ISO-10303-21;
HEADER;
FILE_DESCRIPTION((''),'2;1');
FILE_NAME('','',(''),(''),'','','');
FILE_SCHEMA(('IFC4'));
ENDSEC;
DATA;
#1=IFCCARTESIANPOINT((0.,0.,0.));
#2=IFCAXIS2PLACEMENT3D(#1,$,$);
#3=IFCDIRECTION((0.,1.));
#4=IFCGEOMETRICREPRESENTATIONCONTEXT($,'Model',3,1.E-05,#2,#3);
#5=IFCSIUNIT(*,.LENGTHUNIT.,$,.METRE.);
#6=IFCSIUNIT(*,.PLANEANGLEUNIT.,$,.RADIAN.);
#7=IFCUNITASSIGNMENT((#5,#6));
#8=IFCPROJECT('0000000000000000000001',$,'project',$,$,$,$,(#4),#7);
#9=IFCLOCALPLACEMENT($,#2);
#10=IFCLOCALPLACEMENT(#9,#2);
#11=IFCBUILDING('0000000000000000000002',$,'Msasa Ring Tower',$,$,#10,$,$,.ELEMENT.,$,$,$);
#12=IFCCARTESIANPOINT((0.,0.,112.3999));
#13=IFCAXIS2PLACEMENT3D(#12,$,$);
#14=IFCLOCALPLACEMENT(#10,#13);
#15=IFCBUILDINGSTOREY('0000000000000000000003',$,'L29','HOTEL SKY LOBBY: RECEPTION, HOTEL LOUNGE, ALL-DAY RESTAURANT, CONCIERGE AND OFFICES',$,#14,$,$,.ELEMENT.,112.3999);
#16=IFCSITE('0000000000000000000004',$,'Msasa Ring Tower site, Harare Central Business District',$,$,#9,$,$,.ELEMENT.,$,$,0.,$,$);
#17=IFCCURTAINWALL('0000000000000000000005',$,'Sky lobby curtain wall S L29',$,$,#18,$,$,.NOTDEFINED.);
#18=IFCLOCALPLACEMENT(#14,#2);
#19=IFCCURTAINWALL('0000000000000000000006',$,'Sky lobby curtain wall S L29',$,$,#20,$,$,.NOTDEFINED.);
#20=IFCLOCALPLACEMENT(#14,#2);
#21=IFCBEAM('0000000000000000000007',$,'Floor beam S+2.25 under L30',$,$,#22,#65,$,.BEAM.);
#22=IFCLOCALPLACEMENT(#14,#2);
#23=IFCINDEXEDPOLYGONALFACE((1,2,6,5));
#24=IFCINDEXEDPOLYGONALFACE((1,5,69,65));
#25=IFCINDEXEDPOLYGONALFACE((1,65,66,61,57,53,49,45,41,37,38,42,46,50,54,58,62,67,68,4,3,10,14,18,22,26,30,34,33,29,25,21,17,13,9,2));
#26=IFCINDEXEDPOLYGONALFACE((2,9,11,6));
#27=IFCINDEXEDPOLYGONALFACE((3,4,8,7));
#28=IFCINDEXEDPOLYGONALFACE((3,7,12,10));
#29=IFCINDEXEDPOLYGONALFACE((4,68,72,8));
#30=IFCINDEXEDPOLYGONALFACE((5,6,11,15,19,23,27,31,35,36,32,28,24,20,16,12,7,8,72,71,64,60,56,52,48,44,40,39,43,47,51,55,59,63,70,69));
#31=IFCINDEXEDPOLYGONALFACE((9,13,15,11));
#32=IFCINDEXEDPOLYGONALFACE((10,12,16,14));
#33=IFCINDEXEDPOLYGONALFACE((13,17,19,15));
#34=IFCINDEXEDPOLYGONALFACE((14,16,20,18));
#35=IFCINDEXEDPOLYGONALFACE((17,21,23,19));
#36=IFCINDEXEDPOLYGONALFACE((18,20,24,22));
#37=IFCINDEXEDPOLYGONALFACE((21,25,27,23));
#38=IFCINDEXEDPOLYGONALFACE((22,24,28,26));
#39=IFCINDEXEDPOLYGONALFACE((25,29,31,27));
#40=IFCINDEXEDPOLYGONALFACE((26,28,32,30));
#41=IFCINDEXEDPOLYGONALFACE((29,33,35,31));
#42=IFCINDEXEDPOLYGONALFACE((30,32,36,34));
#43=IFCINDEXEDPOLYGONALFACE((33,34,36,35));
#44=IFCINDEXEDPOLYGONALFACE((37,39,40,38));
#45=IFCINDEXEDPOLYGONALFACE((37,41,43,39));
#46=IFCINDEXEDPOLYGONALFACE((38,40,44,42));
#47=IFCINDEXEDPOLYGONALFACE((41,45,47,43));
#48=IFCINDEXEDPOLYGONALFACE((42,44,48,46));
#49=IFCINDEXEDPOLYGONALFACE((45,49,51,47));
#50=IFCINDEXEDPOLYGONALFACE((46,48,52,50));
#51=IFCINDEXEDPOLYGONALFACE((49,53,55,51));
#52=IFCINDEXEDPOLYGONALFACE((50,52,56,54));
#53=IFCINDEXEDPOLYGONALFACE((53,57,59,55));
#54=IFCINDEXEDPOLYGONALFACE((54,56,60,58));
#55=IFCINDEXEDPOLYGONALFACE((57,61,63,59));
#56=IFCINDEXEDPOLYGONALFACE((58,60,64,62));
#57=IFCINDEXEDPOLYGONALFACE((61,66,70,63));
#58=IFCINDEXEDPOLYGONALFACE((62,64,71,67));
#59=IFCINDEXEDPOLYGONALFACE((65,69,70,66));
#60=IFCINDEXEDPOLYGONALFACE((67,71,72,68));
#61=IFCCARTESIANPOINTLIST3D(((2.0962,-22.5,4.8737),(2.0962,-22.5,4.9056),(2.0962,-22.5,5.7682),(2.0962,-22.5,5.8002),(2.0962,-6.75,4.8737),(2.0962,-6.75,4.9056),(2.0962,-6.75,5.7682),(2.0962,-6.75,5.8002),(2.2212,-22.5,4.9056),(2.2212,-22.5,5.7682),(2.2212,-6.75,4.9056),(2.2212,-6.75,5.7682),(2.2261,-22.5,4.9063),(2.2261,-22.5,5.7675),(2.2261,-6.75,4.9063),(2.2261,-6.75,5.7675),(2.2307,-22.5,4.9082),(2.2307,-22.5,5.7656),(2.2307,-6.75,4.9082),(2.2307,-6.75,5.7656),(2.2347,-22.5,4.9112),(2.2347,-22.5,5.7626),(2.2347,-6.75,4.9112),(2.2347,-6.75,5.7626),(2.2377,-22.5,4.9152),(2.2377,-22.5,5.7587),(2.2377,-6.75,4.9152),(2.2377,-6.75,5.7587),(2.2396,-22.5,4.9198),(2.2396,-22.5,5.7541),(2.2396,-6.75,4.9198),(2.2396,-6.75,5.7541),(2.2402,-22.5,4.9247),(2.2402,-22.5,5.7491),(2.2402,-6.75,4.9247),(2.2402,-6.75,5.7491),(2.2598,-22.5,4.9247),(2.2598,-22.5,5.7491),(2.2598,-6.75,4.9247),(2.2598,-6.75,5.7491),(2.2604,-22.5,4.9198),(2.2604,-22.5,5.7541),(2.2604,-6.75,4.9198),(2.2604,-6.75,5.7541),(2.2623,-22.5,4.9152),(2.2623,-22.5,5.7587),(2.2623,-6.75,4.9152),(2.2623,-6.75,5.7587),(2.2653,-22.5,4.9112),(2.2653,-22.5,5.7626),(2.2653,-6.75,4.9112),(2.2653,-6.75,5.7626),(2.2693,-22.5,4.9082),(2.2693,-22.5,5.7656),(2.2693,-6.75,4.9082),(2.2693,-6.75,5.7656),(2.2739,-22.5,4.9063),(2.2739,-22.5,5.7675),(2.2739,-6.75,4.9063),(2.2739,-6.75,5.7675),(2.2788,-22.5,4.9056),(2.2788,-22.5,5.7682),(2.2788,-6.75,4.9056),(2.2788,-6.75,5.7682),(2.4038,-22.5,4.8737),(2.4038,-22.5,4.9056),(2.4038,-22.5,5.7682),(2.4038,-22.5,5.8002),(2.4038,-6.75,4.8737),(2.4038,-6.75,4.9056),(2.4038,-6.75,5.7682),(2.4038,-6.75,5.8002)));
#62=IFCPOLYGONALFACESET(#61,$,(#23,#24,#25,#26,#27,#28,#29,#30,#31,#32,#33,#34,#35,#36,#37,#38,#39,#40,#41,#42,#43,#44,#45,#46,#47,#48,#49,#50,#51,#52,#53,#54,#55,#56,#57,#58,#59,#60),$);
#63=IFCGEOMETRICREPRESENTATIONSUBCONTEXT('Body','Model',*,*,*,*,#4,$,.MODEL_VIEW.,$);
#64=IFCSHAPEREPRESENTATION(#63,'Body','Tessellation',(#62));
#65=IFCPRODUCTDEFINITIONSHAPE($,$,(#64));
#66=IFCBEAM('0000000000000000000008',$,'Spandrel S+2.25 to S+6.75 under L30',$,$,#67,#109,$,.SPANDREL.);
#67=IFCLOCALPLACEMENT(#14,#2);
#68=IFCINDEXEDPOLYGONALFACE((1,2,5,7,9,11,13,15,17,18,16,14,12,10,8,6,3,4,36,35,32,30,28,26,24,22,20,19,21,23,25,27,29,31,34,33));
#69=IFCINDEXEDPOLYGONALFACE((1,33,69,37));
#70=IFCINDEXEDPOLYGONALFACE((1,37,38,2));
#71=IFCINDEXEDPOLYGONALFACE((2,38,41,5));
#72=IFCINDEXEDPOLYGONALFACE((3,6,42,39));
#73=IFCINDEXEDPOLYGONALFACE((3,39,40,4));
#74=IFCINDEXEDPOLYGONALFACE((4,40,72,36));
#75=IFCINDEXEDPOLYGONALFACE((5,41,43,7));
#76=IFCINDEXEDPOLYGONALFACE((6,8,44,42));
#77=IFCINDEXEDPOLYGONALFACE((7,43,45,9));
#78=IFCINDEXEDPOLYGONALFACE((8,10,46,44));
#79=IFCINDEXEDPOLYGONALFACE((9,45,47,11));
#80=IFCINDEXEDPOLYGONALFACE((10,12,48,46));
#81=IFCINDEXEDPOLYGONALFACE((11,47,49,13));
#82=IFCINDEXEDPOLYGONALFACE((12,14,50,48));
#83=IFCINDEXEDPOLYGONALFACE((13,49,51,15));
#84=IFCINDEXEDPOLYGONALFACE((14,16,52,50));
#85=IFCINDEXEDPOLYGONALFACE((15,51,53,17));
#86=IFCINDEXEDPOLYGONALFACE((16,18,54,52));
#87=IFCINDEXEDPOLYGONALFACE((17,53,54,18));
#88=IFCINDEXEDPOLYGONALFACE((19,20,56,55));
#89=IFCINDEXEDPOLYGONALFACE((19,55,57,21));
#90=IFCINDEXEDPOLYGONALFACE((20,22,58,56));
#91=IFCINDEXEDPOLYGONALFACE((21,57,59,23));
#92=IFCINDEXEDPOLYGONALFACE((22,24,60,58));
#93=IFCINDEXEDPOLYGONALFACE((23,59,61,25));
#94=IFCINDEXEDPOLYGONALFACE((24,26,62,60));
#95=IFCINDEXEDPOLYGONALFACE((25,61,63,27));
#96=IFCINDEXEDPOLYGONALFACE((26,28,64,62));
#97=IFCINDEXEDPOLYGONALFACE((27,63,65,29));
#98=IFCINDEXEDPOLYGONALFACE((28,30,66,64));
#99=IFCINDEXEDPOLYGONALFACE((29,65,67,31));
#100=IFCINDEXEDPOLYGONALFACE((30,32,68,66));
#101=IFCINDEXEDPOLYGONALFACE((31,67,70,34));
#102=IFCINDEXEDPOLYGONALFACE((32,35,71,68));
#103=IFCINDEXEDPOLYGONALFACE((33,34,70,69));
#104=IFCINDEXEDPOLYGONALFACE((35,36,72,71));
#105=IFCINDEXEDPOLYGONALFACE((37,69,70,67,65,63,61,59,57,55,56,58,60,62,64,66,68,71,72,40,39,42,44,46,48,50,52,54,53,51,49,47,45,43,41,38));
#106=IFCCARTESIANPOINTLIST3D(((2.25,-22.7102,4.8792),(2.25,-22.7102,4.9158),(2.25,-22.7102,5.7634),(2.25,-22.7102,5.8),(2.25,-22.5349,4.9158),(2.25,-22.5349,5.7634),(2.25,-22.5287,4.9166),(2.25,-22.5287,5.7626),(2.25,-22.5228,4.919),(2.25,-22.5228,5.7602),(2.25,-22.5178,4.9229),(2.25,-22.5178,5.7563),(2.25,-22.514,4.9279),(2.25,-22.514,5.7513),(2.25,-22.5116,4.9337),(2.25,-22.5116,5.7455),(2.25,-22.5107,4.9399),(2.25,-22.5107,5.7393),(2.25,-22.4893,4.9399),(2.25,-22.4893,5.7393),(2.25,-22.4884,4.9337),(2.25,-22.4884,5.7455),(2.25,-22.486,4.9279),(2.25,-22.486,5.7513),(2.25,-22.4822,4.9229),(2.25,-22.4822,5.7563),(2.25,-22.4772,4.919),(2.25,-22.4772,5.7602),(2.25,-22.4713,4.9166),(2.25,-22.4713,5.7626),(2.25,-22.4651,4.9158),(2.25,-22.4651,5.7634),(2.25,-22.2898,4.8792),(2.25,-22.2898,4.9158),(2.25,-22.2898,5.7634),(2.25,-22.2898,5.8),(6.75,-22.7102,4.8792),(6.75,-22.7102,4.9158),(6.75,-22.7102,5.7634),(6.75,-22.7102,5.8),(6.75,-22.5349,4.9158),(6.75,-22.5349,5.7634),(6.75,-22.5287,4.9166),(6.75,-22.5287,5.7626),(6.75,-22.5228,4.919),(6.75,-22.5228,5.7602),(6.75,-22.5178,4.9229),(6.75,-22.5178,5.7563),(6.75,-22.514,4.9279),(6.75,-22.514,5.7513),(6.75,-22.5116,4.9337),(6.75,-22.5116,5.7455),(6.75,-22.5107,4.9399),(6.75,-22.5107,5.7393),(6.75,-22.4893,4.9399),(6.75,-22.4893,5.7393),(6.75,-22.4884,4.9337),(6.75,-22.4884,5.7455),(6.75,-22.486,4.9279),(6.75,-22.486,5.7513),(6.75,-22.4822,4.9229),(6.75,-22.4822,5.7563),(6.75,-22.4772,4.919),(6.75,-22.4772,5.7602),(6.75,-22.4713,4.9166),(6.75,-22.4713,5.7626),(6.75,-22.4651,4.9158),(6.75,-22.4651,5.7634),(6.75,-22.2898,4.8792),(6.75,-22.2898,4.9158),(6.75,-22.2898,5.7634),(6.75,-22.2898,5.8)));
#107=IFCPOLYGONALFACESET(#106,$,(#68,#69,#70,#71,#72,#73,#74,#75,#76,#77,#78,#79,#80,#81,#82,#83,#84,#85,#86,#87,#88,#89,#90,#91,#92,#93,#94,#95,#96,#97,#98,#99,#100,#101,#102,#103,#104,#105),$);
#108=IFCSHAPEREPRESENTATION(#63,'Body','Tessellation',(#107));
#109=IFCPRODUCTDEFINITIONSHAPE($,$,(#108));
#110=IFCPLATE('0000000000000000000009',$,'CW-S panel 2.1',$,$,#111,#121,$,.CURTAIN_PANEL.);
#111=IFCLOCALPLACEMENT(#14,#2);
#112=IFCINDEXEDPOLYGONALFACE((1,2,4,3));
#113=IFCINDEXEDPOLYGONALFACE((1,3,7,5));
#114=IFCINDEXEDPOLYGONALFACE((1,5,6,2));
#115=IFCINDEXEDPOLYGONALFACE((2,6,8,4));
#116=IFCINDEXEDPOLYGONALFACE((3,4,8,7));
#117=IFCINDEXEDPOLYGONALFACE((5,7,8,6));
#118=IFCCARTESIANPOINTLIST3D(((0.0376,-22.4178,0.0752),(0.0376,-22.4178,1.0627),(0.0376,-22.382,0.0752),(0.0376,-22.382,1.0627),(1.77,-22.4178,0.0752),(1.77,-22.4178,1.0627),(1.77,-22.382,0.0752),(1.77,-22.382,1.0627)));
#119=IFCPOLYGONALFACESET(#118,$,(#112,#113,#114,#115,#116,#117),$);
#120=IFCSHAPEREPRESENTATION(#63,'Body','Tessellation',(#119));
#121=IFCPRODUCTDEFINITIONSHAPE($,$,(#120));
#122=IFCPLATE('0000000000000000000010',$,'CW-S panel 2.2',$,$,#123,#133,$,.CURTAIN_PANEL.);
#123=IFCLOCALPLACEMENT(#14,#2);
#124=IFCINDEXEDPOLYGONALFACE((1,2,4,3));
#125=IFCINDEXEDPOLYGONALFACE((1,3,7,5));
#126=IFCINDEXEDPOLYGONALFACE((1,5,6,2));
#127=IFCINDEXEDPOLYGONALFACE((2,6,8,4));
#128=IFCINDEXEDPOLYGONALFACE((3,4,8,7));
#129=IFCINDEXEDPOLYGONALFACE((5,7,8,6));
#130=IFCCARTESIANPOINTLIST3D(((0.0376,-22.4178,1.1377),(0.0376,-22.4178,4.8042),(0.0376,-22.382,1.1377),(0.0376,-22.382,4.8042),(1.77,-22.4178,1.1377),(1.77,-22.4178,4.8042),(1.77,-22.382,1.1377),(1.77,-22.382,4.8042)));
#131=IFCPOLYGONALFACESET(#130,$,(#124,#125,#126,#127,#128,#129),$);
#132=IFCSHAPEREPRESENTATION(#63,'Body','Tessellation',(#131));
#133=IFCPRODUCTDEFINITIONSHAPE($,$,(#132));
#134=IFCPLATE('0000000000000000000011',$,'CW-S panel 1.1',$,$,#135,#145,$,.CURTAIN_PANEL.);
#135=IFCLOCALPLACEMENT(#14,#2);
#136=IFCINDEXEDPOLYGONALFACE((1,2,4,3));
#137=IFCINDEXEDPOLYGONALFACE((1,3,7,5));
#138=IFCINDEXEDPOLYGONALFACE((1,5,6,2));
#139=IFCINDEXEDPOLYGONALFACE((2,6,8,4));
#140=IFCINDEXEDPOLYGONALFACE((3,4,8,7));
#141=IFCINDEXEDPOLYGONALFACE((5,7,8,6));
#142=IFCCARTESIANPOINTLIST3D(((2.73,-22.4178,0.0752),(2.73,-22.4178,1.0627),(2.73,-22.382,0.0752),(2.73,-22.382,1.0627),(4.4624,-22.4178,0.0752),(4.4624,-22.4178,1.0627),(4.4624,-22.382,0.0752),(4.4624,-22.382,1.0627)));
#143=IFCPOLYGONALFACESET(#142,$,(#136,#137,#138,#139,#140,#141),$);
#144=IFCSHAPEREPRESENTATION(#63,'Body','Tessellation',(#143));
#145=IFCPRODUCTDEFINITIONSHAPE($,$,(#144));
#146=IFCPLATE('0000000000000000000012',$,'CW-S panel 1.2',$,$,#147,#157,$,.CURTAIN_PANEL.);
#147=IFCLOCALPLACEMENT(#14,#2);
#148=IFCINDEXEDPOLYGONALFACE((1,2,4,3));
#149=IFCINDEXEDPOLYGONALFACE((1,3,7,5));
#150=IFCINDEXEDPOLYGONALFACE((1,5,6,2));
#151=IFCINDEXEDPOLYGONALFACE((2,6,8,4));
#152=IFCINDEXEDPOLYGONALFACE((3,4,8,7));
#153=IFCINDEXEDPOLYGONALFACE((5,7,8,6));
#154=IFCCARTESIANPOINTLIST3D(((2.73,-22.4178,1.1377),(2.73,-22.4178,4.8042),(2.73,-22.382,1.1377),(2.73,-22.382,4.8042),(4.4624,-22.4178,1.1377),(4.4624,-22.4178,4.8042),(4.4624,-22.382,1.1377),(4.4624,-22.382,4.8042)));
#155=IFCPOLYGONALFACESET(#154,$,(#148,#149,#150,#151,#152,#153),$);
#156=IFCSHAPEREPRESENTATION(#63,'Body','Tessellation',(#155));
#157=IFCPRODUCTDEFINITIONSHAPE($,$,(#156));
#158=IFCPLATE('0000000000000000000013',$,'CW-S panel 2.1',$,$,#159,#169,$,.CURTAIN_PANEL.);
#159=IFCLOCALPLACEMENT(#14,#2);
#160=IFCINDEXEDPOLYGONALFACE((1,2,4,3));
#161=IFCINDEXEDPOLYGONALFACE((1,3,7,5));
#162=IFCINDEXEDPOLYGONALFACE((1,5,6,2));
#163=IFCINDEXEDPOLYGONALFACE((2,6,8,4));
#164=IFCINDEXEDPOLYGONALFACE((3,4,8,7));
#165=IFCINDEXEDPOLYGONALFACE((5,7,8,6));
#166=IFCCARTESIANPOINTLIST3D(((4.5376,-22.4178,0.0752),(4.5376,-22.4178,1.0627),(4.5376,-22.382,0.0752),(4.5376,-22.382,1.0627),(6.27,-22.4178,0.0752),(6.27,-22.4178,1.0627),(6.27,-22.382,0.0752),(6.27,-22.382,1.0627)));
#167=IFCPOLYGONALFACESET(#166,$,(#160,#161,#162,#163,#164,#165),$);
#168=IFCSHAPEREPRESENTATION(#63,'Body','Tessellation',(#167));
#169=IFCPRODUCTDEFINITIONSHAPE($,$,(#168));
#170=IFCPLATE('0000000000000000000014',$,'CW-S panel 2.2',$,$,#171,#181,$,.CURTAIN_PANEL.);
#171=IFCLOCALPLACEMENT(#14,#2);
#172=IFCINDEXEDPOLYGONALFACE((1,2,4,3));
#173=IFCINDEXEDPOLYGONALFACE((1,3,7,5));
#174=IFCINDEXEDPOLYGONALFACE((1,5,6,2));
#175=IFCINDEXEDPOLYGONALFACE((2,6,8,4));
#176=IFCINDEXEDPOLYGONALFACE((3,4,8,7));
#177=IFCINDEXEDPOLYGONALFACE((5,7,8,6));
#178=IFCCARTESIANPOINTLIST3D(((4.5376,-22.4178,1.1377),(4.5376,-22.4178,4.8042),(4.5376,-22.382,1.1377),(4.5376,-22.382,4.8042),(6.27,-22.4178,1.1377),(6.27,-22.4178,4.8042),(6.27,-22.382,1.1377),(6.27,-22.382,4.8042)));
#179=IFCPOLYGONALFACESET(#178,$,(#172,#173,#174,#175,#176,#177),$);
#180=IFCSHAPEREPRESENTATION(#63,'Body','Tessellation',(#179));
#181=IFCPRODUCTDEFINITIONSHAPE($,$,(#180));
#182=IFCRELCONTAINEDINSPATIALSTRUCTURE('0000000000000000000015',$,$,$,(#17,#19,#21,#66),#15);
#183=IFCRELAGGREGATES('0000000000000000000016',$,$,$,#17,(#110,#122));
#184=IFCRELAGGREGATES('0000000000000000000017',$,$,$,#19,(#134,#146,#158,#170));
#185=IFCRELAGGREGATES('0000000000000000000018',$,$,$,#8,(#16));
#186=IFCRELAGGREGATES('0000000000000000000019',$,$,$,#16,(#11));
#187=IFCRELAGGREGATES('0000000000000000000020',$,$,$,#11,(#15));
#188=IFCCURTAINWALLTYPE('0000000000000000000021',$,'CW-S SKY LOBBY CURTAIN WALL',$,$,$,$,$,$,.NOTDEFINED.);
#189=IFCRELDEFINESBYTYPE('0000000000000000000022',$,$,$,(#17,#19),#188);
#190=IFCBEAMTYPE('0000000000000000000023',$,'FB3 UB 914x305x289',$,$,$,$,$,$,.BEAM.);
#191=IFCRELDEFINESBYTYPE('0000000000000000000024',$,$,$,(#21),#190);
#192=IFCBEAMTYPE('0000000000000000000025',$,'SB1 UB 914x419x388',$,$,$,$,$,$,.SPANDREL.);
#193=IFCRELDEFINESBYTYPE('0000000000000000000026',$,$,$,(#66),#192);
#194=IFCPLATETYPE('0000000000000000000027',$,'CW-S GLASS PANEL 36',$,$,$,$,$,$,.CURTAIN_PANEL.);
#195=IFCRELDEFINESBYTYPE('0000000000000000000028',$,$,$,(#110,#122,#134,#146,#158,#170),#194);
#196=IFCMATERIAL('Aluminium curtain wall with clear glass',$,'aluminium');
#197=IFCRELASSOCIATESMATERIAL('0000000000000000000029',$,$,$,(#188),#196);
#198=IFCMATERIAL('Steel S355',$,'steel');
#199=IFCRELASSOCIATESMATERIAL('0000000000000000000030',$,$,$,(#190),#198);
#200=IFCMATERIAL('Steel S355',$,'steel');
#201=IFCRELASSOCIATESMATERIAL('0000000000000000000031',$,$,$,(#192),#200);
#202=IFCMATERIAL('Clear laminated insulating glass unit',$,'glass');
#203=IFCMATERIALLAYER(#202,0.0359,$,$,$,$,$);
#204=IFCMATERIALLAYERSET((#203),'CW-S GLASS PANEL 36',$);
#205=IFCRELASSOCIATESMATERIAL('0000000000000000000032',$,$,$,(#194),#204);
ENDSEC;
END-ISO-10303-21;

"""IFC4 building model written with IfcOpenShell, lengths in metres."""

from ifc_helpers import new_model, si_unit, direction, frame, origin, origin_2d, place, context, subcontext, project, spatial, rectangle, i_section, extrude, material, layer, layer_set, material_profile, profile_set, type_object, element, aggregate, save


model = new_model("IFC4")

# Units and contexts
model_context = context("Model", 3, precision=1e-05, world=origin(), true_north=direction((0.0, 1.0)))
body_context = subcontext(model_context, "Body", "Model", "MODEL_VIEW")
ifc_project = project(units=[si_unit("LENGTHUNIT", "METRE"), si_unit("PLANEANGLEUNIT", "RADIAN")], contexts=[model_context])

# Site, building, storey
site_placement = place(None, origin())
site = spatial("IfcSite", under=ifc_project, at=site_placement, Name="Msasa Ring Tower site, Harare Central Business District", CompositionType="ELEMENT", RefElevation=0.0)
building_placement = place(site_placement, origin())
building = spatial("IfcBuilding", under=site, at=building_placement, Name="Msasa Ring Tower", CompositionType="ELEMENT")
storey_placement = place(building_placement, frame((0.0, 0.0, 112.3999)))
storey = spatial("IfcBuildingStorey", under=building, at=storey_placement, Name="L29", Description="HOTEL SKY LOBBY: RECEPTION, HOTEL LOUNGE, ALL-DAY RESTAURANT, CONCIERGE AND OFFICES", CompositionType="ELEMENT", Elevation=112.3999)

# Curtain wall
ifc_material_1 = material(Name="Aluminium curtain wall with clear glass", Category="aluminium")
curtain_wall_type = type_object("IfcCurtainWallType", Name="CW-S SKY LOBBY CURTAIN WALL", PredefinedType="NOTDEFINED", material=ifc_material_1)
curtain_wall_1_placement = place(storey_placement, origin())
curtain_wall_1 = element("IfcCurtainWall", 1, at=curtain_wall_1_placement, inside=storey, type_object=curtain_wall_type, Name="Sky lobby curtain wall S L29", PredefinedType="NOTDEFINED")

# Curtain wall
curtain_wall_2_placement = place(storey_placement, origin())
curtain_wall_2 = element("IfcCurtainWall", 2, at=curtain_wall_2_placement, inside=storey, type_object=curtain_wall_type, Name="Sky lobby curtain wall S L29", PredefinedType="NOTDEFINED")

# Beams
ifc_material_2 = material(Name="Steel S355", Category="steel")
ifc_material_profile_1 = material_profile(ifc_material_2, i_section(OverallWidth=0.3076, OverallDepth=0.9265, WebThickness=0.0195, FlangeThickness=0.032, FilletRadius=0.019, at=origin_2d()), Name="UB 914x305x289")
ifc_profile_set_1 = profile_set([ifc_material_profile_1], Name="Steel S355")
beam_type_1 = type_object("IfcBeamType", Name="FB3 UB 914x305x289", PredefinedType="BEAM", material=ifc_profile_set_1)
beam_1_placement = place(storey_placement, frame((2.25, -22.5, 5.3369), z_axis=(0.0, 1.0, 0.0), x_axis=(-1.0, 0.0, 0.0)))
element("IfcBeam", 3, at=beam_1_placement, inside=storey, type_object=beam_type_1, Name="Floor beam S+2.25 under L30", PredefinedType="BEAM", context=body_context, shape_type="SweptSolid", body=[
    extrude(i_section(OverallWidth=0.3076, OverallDepth=0.9265, WebThickness=0.0195, FlangeThickness=0.032, FilletRadius=0.019, at=origin_2d()), origin(), (0.0, 0.0, 1.0), 15.75),
])
ifc_material_3 = material(Name="Steel S355", Category="steel")
ifc_material_profile_2 = material_profile(ifc_material_3, i_section(OverallWidth=0.4204, OverallDepth=0.9209, WebThickness=0.0215, FlangeThickness=0.0366, FilletRadius=0.0242, at=origin_2d()), Name="UB 914x419x388")
ifc_profile_set_2 = profile_set([ifc_material_profile_2], Name="Steel S355")
beam_type_2 = type_object("IfcBeamType", Name="SB1 UB 914x419x388", PredefinedType="SPANDREL", material=ifc_profile_set_2)
beam_2_placement = place(storey_placement, frame((2.25, -22.5, 5.3396), z_axis=(1.0, 0.0, 0.0), x_axis=(0.0, 1.0, 0.0)))
element("IfcBeam", 4, at=beam_2_placement, inside=storey, type_object=beam_type_2, Name="Spandrel S+2.25 to S+6.75 under L30", PredefinedType="SPANDREL", context=body_context, shape_type="SweptSolid", body=[
    extrude(i_section(OverallWidth=0.4204, OverallDepth=0.9209, WebThickness=0.0215, FlangeThickness=0.0366, FilletRadius=0.0242, at=origin_2d()), origin(), (0.0, 0.0, 1.0), 4.5),
])

# Plates
ifc_material_4 = material(Name="Clear laminated insulating glass unit", Category="glass")
ifc_layer = layer(ifc_material_4, 0.0359)
ifc_layer_set = layer_set([ifc_layer], Name="CW-S GLASS PANEL 36")
plate_type = type_object("IfcPlateType", Name="CW-S GLASS PANEL 36", PredefinedType="CURTAIN_PANEL", material=ifc_layer_set)
plate_1_placement = place(storey_placement, frame((0.9038, -22.3999, 0.0752), z_axis=(0.0, 0.0, 1.0), x_axis=(1.0, 0.0, 0.0)))
plate_1 = element("IfcPlate", 5, at=plate_1_placement, type_object=plate_type, Name="CW-S panel 2.1", PredefinedType="CURTAIN_PANEL", context=body_context, shape_type="SweptSolid", body=[
    extrude(rectangle(XDim=1.7324, YDim=0.0359, at=origin_2d()), origin(), (0.0, 0.0, 1.0), 0.9875),
])
plate_2_placement = place(storey_placement, frame((0.9038, -22.3999, 1.1377), z_axis=(0.0, 0.0, 1.0), x_axis=(1.0, 0.0, 0.0)))
plate_2 = element("IfcPlate", 6, at=plate_2_placement, type_object=plate_type, Name="CW-S panel 2.2", PredefinedType="CURTAIN_PANEL", context=body_context, shape_type="SweptSolid", body=[
    extrude(rectangle(XDim=1.7324, YDim=0.0359, at=origin_2d()), origin(), (0.0, 0.0, 1.0), 3.6665),
])
aggregate(curtain_wall_1, [plate_1, plate_2])
plate_3_placement = place(storey_placement, frame((3.5962, -22.3999, 0.0752), z_axis=(0.0, 0.0, 1.0), x_axis=(1.0, 0.0, 0.0)))
plate_3 = element("IfcPlate", 7, at=plate_3_placement, type_object=plate_type, Name="CW-S panel 1.1", PredefinedType="CURTAIN_PANEL", context=body_context, shape_type="SweptSolid", body=[
    extrude(rectangle(XDim=1.7324, YDim=0.0359, at=origin_2d()), origin(), (0.0, 0.0, 1.0), 0.9875),
])
plate_4_placement = place(storey_placement, frame((3.5962, -22.3999, 1.1377), z_axis=(0.0, 0.0, 1.0), x_axis=(1.0, 0.0, 0.0)))
plate_4 = element("IfcPlate", 8, at=plate_4_placement, type_object=plate_type, Name="CW-S panel 1.2", PredefinedType="CURTAIN_PANEL", context=body_context, shape_type="SweptSolid", body=[
    extrude(rectangle(XDim=1.7324, YDim=0.0359, at=origin_2d()), origin(), (0.0, 0.0, 1.0), 3.6665),
])
plate_5_placement = place(storey_placement, frame((5.4038, -22.3999, 0.0752), z_axis=(0.0, 0.0, 1.0), x_axis=(1.0, 0.0, 0.0)))
plate_5 = element("IfcPlate", 9, at=plate_5_placement, type_object=plate_type, Name="CW-S panel 2.1", PredefinedType="CURTAIN_PANEL", context=body_context, shape_type="SweptSolid", body=[
    extrude(rectangle(XDim=1.7324, YDim=0.0359, at=origin_2d()), origin(), (0.0, 0.0, 1.0), 0.9875),
])
plate_6_placement = place(storey_placement, frame((5.4038, -22.3999, 1.1377), z_axis=(0.0, 0.0, 1.0), x_axis=(1.0, 0.0, 0.0)))
plate_6 = element("IfcPlate", 10, at=plate_6_placement, type_object=plate_type, Name="CW-S panel 2.2", PredefinedType="CURTAIN_PANEL", context=body_context, shape_type="SweptSolid", body=[
    extrude(rectangle(XDim=1.7324, YDim=0.0359, at=origin_2d()), origin(), (0.0, 0.0, 1.0), 3.6665),
])
aggregate(curtain_wall_2, [plate_3, plate_4, plate_5, plate_6])

save(model, "model.ifc")
